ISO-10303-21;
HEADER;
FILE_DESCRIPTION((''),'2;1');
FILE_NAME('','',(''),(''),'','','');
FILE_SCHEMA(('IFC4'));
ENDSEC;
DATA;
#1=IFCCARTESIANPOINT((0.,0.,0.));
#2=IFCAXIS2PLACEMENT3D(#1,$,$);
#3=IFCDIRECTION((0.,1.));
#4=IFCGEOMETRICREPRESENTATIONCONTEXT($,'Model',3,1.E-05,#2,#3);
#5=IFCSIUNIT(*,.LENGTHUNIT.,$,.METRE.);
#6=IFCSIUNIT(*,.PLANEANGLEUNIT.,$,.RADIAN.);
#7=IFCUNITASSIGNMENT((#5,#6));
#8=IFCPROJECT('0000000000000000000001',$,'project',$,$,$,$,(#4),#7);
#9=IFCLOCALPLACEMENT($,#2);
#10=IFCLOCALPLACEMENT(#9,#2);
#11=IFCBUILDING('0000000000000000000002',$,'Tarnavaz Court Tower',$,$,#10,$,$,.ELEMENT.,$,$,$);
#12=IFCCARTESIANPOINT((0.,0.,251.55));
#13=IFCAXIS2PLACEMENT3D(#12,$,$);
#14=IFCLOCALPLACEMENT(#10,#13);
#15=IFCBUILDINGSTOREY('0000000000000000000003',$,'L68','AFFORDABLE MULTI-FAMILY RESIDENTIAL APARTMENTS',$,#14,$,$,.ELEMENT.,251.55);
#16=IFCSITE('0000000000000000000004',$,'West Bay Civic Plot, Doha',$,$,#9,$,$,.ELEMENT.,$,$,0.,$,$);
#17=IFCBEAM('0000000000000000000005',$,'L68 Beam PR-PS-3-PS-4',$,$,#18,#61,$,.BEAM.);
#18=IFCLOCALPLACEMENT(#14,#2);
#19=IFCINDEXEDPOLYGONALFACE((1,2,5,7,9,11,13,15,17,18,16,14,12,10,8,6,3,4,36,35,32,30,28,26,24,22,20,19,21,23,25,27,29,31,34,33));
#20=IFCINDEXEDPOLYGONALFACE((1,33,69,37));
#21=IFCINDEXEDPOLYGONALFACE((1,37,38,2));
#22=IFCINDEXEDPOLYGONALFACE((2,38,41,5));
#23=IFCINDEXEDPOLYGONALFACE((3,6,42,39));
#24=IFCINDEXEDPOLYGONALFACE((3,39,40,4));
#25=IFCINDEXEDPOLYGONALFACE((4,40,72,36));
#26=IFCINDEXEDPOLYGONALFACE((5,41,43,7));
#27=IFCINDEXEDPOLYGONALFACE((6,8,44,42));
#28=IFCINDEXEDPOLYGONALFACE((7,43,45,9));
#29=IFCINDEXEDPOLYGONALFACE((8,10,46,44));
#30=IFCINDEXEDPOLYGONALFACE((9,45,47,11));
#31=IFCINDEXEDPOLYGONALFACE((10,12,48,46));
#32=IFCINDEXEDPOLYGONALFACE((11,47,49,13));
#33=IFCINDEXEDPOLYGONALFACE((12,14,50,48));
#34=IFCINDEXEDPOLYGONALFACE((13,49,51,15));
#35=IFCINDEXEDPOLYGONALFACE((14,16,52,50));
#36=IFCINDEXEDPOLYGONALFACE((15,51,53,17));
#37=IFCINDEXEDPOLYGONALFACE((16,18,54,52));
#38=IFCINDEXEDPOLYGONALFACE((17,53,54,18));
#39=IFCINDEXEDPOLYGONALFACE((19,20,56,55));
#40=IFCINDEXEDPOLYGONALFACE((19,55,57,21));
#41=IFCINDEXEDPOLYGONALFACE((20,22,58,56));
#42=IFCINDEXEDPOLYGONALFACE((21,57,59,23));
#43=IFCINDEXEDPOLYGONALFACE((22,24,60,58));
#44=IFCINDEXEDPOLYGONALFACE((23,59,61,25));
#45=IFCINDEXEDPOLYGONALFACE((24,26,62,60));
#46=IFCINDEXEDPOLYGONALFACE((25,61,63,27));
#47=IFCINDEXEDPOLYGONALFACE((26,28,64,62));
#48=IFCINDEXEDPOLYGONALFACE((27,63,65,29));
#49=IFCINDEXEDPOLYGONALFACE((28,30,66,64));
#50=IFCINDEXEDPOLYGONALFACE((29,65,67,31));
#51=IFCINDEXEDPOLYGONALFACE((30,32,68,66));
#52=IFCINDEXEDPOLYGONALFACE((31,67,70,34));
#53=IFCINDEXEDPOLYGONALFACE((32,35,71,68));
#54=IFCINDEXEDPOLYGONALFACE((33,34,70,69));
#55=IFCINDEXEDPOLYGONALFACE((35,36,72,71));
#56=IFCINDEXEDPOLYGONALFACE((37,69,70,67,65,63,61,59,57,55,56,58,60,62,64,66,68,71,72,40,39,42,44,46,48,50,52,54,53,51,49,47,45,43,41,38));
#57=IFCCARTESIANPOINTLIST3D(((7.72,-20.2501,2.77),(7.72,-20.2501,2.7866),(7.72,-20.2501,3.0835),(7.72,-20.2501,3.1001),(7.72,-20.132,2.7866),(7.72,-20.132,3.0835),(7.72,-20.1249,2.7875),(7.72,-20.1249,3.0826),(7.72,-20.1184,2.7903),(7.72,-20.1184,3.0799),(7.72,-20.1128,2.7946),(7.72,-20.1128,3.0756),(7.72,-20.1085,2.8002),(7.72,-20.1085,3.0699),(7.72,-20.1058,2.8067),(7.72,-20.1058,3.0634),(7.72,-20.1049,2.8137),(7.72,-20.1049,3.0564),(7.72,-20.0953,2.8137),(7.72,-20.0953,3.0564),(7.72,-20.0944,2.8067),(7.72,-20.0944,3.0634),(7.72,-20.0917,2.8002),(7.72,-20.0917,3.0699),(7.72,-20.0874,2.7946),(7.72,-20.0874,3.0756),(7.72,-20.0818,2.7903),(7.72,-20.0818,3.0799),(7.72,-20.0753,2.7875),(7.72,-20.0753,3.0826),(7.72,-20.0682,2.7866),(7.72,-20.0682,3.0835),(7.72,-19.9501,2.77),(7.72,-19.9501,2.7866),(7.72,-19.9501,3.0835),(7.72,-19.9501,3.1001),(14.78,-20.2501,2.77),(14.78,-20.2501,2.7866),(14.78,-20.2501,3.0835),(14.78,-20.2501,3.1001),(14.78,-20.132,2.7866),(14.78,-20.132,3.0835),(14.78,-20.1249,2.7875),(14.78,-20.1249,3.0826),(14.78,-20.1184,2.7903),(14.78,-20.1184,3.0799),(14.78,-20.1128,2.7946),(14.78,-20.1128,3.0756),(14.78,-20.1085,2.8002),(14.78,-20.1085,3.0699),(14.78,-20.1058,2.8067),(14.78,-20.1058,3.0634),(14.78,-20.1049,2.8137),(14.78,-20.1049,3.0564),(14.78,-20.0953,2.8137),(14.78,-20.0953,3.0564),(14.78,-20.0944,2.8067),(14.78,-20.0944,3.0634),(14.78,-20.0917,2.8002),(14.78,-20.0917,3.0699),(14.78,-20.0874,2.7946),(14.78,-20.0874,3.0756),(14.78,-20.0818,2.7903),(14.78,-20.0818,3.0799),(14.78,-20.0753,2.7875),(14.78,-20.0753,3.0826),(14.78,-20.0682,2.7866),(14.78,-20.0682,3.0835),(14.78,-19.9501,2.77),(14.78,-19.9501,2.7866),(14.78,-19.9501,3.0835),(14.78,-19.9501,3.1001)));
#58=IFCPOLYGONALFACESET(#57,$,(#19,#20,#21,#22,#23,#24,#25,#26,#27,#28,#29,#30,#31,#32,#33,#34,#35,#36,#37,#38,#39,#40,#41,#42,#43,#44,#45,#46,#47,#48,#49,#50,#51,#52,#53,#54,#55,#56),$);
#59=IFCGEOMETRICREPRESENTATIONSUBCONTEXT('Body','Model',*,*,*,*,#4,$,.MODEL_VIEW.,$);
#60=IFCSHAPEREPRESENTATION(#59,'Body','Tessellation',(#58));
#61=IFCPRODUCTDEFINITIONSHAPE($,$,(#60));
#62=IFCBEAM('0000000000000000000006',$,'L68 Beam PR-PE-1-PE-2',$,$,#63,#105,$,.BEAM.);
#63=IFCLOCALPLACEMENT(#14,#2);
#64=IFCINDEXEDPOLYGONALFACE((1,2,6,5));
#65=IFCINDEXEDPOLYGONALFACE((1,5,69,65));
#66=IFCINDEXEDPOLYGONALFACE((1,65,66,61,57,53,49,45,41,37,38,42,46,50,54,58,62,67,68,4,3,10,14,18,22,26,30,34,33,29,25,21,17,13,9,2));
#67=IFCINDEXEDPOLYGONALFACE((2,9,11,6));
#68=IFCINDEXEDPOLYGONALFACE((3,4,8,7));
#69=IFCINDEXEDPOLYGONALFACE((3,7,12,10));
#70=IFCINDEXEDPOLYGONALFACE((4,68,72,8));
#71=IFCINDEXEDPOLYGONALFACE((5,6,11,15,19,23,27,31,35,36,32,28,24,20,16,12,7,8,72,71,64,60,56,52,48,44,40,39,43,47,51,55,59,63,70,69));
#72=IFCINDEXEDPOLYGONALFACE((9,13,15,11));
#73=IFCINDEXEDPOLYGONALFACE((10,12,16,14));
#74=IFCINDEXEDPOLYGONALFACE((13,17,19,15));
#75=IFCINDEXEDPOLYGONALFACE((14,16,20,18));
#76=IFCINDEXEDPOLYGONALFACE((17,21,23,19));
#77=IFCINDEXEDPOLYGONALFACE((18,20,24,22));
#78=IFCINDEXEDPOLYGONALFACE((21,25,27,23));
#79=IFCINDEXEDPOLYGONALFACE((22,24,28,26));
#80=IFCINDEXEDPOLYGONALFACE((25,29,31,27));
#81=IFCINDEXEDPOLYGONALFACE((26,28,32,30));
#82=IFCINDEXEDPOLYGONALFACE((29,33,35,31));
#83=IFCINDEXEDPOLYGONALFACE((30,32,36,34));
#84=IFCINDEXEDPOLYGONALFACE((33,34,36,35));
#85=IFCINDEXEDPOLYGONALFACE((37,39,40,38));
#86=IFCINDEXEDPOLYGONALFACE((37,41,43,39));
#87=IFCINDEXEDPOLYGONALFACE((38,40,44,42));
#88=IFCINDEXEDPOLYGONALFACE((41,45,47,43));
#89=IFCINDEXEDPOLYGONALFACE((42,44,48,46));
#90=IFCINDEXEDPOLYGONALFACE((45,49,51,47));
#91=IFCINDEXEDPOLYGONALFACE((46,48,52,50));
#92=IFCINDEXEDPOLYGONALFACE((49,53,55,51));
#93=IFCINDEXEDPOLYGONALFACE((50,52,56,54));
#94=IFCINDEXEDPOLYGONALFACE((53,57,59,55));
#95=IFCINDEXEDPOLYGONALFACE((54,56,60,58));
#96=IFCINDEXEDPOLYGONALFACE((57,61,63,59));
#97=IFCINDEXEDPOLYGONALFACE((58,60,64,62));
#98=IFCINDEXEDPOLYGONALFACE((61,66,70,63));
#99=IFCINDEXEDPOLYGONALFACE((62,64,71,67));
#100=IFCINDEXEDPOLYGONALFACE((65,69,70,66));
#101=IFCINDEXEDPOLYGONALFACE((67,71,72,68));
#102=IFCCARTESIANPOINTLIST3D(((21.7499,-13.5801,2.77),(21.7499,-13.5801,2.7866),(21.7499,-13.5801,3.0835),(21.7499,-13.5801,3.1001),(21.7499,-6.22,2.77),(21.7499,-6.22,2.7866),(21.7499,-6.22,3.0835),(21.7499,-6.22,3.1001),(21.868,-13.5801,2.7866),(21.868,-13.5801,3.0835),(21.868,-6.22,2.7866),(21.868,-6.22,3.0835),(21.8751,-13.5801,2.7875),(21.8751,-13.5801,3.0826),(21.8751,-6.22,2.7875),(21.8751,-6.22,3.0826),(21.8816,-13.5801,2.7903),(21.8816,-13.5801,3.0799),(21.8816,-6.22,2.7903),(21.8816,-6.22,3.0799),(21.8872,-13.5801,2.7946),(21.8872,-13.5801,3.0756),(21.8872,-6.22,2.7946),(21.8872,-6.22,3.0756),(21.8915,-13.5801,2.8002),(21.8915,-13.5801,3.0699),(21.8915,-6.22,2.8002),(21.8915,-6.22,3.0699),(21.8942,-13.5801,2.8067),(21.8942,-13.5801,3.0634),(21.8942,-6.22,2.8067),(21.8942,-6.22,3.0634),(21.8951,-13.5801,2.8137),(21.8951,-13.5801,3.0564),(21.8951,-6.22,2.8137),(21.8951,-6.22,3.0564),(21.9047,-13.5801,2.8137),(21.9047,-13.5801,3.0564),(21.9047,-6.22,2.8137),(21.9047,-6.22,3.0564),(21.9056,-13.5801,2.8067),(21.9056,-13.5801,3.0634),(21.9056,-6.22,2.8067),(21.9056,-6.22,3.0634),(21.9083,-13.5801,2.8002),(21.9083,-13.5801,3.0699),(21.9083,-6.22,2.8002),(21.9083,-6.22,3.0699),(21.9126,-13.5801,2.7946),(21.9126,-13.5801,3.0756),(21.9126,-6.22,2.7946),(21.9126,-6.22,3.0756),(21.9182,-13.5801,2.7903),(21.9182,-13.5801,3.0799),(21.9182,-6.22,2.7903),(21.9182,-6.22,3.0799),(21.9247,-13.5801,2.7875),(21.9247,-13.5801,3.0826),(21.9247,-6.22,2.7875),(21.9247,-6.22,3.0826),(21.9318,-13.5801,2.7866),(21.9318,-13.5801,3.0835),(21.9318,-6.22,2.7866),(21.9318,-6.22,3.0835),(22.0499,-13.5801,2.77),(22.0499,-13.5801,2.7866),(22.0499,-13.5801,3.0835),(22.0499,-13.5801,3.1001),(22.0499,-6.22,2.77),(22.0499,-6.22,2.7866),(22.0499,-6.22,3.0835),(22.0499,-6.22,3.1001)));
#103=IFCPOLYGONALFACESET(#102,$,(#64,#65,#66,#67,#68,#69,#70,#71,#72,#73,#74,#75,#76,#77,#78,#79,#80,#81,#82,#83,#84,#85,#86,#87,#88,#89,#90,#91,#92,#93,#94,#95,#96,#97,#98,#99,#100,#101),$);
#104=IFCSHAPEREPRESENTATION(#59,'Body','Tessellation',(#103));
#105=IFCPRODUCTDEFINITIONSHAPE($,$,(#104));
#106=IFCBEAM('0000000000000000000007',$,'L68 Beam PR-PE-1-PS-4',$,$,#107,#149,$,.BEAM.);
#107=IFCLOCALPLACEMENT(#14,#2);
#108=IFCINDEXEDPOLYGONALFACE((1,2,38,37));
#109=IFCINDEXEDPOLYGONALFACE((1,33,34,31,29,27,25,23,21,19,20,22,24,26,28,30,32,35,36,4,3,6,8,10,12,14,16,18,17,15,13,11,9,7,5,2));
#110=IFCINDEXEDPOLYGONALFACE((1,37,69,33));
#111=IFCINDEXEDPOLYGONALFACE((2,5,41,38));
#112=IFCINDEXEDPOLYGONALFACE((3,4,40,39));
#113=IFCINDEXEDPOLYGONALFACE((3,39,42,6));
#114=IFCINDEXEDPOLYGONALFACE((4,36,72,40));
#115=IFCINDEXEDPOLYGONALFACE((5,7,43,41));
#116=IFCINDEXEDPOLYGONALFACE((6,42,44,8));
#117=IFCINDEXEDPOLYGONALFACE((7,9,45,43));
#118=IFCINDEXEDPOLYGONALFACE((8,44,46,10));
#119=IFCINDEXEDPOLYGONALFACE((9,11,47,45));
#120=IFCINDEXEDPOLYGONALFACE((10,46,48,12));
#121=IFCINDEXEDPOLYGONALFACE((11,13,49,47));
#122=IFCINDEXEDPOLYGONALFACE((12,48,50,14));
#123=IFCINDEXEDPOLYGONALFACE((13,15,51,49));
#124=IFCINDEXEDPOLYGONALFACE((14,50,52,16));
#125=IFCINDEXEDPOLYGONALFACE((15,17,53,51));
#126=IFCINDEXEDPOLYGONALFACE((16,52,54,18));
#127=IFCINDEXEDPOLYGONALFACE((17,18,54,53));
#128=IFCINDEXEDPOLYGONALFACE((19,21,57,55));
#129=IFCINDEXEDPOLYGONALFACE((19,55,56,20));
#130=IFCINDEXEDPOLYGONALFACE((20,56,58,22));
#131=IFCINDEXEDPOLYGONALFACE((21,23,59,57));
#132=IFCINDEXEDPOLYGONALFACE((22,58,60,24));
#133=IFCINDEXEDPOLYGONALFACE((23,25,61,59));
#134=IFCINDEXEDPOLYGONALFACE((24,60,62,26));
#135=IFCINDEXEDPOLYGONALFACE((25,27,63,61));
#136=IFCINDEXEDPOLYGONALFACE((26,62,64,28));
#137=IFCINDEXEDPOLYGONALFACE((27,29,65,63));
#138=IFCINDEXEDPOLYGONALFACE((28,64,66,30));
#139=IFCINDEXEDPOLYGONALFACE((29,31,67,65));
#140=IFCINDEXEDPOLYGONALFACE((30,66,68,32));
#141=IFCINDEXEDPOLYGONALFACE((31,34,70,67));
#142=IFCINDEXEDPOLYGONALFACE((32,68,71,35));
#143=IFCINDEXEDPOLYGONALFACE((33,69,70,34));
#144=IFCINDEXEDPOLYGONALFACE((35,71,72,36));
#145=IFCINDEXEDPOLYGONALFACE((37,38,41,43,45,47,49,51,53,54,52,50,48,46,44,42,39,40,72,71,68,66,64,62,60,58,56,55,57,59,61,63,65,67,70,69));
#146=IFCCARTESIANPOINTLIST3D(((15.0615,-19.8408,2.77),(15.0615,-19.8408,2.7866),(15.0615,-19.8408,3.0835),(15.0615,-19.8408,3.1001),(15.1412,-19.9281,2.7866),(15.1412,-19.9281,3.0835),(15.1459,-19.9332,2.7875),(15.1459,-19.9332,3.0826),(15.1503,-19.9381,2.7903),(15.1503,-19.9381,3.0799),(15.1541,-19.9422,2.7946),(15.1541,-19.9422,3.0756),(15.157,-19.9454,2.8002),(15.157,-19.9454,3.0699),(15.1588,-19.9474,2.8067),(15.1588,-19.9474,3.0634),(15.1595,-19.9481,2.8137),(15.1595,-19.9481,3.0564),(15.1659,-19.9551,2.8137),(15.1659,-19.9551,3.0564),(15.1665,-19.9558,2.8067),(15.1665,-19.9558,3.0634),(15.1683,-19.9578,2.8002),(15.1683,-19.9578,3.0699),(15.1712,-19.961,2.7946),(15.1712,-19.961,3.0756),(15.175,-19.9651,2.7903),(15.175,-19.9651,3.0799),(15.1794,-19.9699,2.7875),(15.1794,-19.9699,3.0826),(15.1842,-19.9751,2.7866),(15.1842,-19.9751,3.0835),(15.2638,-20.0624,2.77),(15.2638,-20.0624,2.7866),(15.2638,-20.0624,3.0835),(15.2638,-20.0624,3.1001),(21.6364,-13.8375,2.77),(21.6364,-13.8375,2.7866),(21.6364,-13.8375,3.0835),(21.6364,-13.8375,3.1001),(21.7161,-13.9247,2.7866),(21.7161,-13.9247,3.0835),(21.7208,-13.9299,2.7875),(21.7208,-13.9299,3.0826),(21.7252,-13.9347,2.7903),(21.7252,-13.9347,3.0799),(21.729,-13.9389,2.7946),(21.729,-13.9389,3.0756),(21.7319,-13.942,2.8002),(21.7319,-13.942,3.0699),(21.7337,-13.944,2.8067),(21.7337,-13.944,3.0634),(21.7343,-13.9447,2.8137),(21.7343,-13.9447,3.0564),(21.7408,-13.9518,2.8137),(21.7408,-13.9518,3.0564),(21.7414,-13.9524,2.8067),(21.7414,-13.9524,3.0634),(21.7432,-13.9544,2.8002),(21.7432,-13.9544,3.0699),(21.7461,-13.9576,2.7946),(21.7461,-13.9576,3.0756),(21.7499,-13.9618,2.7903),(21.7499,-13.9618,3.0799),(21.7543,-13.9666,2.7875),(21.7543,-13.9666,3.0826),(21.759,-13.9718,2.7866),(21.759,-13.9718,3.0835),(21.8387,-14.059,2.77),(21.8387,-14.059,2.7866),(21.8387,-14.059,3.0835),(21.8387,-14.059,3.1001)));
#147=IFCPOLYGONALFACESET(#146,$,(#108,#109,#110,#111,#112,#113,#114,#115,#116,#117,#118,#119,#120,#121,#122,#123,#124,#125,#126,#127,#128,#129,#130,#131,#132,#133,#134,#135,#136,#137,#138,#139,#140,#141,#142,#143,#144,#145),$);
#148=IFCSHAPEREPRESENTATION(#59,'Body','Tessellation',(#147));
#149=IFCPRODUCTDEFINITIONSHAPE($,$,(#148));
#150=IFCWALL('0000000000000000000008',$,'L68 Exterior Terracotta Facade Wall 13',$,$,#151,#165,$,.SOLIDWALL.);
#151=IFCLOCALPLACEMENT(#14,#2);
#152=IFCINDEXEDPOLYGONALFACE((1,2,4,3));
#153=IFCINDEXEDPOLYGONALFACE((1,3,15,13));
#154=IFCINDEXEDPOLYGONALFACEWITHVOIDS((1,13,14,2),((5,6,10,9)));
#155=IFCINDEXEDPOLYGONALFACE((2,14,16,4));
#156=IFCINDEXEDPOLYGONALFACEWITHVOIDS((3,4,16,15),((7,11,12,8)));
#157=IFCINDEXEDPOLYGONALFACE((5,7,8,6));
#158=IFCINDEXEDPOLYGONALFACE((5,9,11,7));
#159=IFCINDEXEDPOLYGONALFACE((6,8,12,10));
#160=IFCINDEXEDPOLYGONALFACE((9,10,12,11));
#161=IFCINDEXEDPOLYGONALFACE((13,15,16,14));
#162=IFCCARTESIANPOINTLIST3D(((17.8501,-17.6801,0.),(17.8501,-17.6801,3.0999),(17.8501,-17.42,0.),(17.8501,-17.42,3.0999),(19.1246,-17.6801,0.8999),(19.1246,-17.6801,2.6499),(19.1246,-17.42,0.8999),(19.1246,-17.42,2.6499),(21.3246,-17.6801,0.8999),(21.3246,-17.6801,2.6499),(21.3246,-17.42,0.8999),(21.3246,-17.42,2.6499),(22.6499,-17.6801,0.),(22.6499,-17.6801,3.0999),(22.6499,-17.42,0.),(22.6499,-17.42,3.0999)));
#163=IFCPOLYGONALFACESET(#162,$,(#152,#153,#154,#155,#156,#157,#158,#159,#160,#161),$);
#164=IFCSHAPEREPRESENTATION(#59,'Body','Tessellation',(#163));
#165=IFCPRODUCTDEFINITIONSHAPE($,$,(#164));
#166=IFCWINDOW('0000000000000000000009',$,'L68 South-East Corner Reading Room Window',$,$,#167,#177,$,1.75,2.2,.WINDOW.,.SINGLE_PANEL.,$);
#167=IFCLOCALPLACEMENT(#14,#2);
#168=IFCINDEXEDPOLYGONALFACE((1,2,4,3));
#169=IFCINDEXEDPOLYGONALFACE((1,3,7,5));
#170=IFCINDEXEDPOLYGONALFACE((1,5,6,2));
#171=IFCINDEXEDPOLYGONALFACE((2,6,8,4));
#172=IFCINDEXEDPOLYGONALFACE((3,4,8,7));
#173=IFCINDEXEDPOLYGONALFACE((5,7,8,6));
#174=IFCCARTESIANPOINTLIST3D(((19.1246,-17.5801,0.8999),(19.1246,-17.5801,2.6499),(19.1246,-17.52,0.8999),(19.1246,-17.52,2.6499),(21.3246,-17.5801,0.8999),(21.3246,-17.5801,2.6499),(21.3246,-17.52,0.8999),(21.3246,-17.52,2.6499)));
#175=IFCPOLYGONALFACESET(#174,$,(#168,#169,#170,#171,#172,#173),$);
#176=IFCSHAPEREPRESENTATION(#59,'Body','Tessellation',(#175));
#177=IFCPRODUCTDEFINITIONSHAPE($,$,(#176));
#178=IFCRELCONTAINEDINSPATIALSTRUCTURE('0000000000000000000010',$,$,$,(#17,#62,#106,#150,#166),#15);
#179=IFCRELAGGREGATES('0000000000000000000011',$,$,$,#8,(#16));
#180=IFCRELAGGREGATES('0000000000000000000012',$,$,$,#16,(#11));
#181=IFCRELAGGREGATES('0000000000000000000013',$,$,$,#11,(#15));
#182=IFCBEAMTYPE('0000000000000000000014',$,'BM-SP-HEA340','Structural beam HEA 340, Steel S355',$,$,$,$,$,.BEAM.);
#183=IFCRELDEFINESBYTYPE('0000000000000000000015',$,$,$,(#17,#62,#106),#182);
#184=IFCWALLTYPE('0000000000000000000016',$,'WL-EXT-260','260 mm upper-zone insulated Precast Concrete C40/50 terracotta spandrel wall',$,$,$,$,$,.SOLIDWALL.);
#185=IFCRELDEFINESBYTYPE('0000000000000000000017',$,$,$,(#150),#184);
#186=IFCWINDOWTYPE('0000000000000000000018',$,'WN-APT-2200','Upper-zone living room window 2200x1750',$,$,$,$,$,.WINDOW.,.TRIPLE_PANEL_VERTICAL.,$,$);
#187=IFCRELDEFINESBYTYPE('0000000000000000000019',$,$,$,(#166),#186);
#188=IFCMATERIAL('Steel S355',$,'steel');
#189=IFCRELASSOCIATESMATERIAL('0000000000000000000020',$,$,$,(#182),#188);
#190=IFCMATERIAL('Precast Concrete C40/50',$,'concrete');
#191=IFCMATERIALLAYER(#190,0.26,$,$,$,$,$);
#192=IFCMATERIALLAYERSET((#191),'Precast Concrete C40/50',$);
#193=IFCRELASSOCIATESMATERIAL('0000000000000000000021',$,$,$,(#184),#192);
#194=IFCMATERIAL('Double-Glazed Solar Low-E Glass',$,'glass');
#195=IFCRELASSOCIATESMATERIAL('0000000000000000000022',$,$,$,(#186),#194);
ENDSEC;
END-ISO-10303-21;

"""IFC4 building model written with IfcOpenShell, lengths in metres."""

from ifc_helpers import new_model, si_unit, direction, frame, frame_2d, origin, origin_2d, place, context, subcontext, project, spatial, rectangle, i_section, extrude, material, layer, layer_set, material_profile, profile_set, type_object, element, fill, save


model = new_model("IFC4")

# Units and contexts
model_context = context("Model", 3, precision=1e-05, world=origin(), true_north=direction((0.0, 1.0)))
body_context = subcontext(model_context, "Body", "Model", "MODEL_VIEW")
ifc_project = project(units=[si_unit("LENGTHUNIT", "METRE"), si_unit("PLANEANGLEUNIT", "RADIAN")], contexts=[model_context])

# Site, building, storey
site_placement = place(None, origin())
site = spatial("IfcSite", under=ifc_project, at=site_placement, Name="West Bay Civic Plot, Doha", CompositionType="ELEMENT", RefElevation=0.0)
building_placement = place(site_placement, origin())
building = spatial("IfcBuilding", under=site, at=building_placement, Name="Tarnavaz Court Tower", CompositionType="ELEMENT")
storey_placement = place(building_placement, frame((0.0, 0.0, 251.55)))
storey = spatial("IfcBuildingStorey", under=building, at=storey_placement, Name="L68", Description="AFFORDABLE MULTI-FAMILY RESIDENTIAL APARTMENTS", CompositionType="ELEMENT", Elevation=251.55)

# Beams
ifc_material_1 = material(Name="Steel S355", Category="steel")
ifc_material_profile_1 = material_profile(ifc_material_1, i_section(OverallWidth=0.3, OverallDepth=0.3301, WebThickness=0.0095, FlangeThickness=0.0166, FilletRadius=0.0271, at=origin_2d()), Name="HEA 340")
ifc_profile_set_1 = profile_set([ifc_material_profile_1], Name="Steel S355")
beam_type_1 = type_object("IfcBeamType", Name="BM-SP-HEA340", Description="Structural beam HEA 340, Steel S355", PredefinedType="BEAM", material=ifc_profile_set_1)
beam_1_placement = place(storey_placement, frame((7.72, -20.1001, 2.9351), z_axis=(1.0, 0.0, 0.0), x_axis=(0.0, 1.0, 0.0)))
element("IfcBeam", 1, at=beam_1_placement, inside=storey, type_object=beam_type_1, Name="L68 Beam PR-PS-3-PS-4", PredefinedType="BEAM", context=body_context, shape_type="SweptSolid", body=[
    extrude(i_section(OverallWidth=0.3, OverallDepth=0.3301, WebThickness=0.0095, FlangeThickness=0.0166, FilletRadius=0.0271, at=origin_2d()), origin(), (0.0, 0.0, 1.0), 7.0601),
])
beam_2_placement = place(storey_placement, frame((21.8999, -13.5801, 2.9351), z_axis=(0.0, 1.0, 0.0), x_axis=(-1.0, 0.0, 0.0)))
element("IfcBeam", 2, at=beam_2_placement, inside=storey, type_object=beam_type_1, Name="L68 Beam PR-PE-1-PE-2", PredefinedType="BEAM", context=body_context, shape_type="SweptSolid", body=[
    extrude(i_section(OverallWidth=0.3, OverallDepth=0.3301, WebThickness=0.0095, FlangeThickness=0.0166, FilletRadius=0.0271, at=origin_2d()), origin(), (0.0, 0.0, 1.0), 7.3601),
])
beam_3_placement = place(storey_placement, frame((21.7375, -13.9482, 2.9351), z_axis=(-0.738474, -0.674282, 0.0), x_axis=(0.674282, -0.738474, 0.0)))
element("IfcBeam", 3, at=beam_3_placement, inside=storey, type_object=beam_type_1, Name="L68 Beam PR-PE-1-PS-4", PredefinedType="BEAM", context=body_context, shape_type="SweptSolid", body=[
    extrude(i_section(OverallWidth=0.3, OverallDepth=0.3301, WebThickness=0.0095, FlangeThickness=0.0166, FilletRadius=0.0271, at=origin_2d()), origin(), (0.0, 0.0, 1.0), 8.9033),
])

# Wall, opening, window
ifc_material_2 = material(Name="Precast Concrete C40/50", Category="concrete")
ifc_layer_1 = layer(ifc_material_2, 0.26)
ifc_layer_set_1 = layer_set([ifc_layer_1], Name="Precast Concrete C40/50")
wall_type_1 = type_object("IfcWallType", Name="WL-EXT-260", Description="260 mm upper-zone insulated Precast Concrete C40/50 terracotta spandrel wall", PredefinedType="SOLIDWALL", material=ifc_layer_set_1)
wall_1_placement = place(storey_placement, frame((22.6499, -17.55, 0.0), z_axis=(0.0, 0.0, 1.0), x_axis=(-1.0, 0.0, 0.0)))
wall_1 = element("IfcWall", 4, at=wall_1_placement, inside=storey, type_object=wall_type_1, Name="L68 Exterior Terracotta Facade Wall 13", PredefinedType="SOLIDWALL", context=body_context, shape_type="SweptSolid", body=[
    extrude(rectangle(XDim=4.7998, YDim=0.26, at=frame_2d((2.3999, 0.0))), origin(), (0.0, 0.0, 1.0), 3.0999),
])
opening_1_placement = place(wall_1_placement, frame((1.3252, 0.0, 0.8999)))
opening_1 = element("IfcOpeningElement", 5, at=opening_1_placement, cuts=wall_1, PredefinedType="OPENING", context=body_context, shape_type="SweptSolid", body=[
    extrude(rectangle(XDim=2.2, YDim=1.75, at=frame_2d((1.1001, 0.875))), frame((0.0, 0.1399, 0.0), z_axis=(0.0, -1.0, 0.0), x_axis=(1.0, 0.0, 0.0)), (0.0, 0.0, 1.0), 0.28),
])
ifc_material_3 = material(Name="Double-Glazed Solar Low-E Glass", Category="glass")
window_type_1 = type_object("IfcWindowType", Name="WN-APT-2200", Description="Upper-zone living room window 2200x1750", PartitioningType="TRIPLE_PANEL_VERTICAL", PredefinedType="WINDOW", material=ifc_material_3)
window_1_placement = place(opening_1_placement, origin())
window_1 = element("IfcWindow", 6, at=window_1_placement, inside=storey, type_object=window_type_1, Name="L68 South-East Corner Reading Room Window", OverallHeight=1.75, OverallWidth=2.2, PartitioningType="SINGLE_PANEL", PredefinedType="WINDOW", context=body_context, shape_type="SweptSolid", body=[
    extrude(rectangle(XDim=2.2, YDim=1.75, at=frame_2d((1.1001, 0.875))), frame((0.0, 0.03, 0.0), z_axis=(0.0, -1.0, 0.0), x_axis=(1.0, 0.0, 0.0)), (0.0, 0.0, 1.0), 0.0601),
])
fill(opening_1, window_1)

save(model, "model.ifc")
